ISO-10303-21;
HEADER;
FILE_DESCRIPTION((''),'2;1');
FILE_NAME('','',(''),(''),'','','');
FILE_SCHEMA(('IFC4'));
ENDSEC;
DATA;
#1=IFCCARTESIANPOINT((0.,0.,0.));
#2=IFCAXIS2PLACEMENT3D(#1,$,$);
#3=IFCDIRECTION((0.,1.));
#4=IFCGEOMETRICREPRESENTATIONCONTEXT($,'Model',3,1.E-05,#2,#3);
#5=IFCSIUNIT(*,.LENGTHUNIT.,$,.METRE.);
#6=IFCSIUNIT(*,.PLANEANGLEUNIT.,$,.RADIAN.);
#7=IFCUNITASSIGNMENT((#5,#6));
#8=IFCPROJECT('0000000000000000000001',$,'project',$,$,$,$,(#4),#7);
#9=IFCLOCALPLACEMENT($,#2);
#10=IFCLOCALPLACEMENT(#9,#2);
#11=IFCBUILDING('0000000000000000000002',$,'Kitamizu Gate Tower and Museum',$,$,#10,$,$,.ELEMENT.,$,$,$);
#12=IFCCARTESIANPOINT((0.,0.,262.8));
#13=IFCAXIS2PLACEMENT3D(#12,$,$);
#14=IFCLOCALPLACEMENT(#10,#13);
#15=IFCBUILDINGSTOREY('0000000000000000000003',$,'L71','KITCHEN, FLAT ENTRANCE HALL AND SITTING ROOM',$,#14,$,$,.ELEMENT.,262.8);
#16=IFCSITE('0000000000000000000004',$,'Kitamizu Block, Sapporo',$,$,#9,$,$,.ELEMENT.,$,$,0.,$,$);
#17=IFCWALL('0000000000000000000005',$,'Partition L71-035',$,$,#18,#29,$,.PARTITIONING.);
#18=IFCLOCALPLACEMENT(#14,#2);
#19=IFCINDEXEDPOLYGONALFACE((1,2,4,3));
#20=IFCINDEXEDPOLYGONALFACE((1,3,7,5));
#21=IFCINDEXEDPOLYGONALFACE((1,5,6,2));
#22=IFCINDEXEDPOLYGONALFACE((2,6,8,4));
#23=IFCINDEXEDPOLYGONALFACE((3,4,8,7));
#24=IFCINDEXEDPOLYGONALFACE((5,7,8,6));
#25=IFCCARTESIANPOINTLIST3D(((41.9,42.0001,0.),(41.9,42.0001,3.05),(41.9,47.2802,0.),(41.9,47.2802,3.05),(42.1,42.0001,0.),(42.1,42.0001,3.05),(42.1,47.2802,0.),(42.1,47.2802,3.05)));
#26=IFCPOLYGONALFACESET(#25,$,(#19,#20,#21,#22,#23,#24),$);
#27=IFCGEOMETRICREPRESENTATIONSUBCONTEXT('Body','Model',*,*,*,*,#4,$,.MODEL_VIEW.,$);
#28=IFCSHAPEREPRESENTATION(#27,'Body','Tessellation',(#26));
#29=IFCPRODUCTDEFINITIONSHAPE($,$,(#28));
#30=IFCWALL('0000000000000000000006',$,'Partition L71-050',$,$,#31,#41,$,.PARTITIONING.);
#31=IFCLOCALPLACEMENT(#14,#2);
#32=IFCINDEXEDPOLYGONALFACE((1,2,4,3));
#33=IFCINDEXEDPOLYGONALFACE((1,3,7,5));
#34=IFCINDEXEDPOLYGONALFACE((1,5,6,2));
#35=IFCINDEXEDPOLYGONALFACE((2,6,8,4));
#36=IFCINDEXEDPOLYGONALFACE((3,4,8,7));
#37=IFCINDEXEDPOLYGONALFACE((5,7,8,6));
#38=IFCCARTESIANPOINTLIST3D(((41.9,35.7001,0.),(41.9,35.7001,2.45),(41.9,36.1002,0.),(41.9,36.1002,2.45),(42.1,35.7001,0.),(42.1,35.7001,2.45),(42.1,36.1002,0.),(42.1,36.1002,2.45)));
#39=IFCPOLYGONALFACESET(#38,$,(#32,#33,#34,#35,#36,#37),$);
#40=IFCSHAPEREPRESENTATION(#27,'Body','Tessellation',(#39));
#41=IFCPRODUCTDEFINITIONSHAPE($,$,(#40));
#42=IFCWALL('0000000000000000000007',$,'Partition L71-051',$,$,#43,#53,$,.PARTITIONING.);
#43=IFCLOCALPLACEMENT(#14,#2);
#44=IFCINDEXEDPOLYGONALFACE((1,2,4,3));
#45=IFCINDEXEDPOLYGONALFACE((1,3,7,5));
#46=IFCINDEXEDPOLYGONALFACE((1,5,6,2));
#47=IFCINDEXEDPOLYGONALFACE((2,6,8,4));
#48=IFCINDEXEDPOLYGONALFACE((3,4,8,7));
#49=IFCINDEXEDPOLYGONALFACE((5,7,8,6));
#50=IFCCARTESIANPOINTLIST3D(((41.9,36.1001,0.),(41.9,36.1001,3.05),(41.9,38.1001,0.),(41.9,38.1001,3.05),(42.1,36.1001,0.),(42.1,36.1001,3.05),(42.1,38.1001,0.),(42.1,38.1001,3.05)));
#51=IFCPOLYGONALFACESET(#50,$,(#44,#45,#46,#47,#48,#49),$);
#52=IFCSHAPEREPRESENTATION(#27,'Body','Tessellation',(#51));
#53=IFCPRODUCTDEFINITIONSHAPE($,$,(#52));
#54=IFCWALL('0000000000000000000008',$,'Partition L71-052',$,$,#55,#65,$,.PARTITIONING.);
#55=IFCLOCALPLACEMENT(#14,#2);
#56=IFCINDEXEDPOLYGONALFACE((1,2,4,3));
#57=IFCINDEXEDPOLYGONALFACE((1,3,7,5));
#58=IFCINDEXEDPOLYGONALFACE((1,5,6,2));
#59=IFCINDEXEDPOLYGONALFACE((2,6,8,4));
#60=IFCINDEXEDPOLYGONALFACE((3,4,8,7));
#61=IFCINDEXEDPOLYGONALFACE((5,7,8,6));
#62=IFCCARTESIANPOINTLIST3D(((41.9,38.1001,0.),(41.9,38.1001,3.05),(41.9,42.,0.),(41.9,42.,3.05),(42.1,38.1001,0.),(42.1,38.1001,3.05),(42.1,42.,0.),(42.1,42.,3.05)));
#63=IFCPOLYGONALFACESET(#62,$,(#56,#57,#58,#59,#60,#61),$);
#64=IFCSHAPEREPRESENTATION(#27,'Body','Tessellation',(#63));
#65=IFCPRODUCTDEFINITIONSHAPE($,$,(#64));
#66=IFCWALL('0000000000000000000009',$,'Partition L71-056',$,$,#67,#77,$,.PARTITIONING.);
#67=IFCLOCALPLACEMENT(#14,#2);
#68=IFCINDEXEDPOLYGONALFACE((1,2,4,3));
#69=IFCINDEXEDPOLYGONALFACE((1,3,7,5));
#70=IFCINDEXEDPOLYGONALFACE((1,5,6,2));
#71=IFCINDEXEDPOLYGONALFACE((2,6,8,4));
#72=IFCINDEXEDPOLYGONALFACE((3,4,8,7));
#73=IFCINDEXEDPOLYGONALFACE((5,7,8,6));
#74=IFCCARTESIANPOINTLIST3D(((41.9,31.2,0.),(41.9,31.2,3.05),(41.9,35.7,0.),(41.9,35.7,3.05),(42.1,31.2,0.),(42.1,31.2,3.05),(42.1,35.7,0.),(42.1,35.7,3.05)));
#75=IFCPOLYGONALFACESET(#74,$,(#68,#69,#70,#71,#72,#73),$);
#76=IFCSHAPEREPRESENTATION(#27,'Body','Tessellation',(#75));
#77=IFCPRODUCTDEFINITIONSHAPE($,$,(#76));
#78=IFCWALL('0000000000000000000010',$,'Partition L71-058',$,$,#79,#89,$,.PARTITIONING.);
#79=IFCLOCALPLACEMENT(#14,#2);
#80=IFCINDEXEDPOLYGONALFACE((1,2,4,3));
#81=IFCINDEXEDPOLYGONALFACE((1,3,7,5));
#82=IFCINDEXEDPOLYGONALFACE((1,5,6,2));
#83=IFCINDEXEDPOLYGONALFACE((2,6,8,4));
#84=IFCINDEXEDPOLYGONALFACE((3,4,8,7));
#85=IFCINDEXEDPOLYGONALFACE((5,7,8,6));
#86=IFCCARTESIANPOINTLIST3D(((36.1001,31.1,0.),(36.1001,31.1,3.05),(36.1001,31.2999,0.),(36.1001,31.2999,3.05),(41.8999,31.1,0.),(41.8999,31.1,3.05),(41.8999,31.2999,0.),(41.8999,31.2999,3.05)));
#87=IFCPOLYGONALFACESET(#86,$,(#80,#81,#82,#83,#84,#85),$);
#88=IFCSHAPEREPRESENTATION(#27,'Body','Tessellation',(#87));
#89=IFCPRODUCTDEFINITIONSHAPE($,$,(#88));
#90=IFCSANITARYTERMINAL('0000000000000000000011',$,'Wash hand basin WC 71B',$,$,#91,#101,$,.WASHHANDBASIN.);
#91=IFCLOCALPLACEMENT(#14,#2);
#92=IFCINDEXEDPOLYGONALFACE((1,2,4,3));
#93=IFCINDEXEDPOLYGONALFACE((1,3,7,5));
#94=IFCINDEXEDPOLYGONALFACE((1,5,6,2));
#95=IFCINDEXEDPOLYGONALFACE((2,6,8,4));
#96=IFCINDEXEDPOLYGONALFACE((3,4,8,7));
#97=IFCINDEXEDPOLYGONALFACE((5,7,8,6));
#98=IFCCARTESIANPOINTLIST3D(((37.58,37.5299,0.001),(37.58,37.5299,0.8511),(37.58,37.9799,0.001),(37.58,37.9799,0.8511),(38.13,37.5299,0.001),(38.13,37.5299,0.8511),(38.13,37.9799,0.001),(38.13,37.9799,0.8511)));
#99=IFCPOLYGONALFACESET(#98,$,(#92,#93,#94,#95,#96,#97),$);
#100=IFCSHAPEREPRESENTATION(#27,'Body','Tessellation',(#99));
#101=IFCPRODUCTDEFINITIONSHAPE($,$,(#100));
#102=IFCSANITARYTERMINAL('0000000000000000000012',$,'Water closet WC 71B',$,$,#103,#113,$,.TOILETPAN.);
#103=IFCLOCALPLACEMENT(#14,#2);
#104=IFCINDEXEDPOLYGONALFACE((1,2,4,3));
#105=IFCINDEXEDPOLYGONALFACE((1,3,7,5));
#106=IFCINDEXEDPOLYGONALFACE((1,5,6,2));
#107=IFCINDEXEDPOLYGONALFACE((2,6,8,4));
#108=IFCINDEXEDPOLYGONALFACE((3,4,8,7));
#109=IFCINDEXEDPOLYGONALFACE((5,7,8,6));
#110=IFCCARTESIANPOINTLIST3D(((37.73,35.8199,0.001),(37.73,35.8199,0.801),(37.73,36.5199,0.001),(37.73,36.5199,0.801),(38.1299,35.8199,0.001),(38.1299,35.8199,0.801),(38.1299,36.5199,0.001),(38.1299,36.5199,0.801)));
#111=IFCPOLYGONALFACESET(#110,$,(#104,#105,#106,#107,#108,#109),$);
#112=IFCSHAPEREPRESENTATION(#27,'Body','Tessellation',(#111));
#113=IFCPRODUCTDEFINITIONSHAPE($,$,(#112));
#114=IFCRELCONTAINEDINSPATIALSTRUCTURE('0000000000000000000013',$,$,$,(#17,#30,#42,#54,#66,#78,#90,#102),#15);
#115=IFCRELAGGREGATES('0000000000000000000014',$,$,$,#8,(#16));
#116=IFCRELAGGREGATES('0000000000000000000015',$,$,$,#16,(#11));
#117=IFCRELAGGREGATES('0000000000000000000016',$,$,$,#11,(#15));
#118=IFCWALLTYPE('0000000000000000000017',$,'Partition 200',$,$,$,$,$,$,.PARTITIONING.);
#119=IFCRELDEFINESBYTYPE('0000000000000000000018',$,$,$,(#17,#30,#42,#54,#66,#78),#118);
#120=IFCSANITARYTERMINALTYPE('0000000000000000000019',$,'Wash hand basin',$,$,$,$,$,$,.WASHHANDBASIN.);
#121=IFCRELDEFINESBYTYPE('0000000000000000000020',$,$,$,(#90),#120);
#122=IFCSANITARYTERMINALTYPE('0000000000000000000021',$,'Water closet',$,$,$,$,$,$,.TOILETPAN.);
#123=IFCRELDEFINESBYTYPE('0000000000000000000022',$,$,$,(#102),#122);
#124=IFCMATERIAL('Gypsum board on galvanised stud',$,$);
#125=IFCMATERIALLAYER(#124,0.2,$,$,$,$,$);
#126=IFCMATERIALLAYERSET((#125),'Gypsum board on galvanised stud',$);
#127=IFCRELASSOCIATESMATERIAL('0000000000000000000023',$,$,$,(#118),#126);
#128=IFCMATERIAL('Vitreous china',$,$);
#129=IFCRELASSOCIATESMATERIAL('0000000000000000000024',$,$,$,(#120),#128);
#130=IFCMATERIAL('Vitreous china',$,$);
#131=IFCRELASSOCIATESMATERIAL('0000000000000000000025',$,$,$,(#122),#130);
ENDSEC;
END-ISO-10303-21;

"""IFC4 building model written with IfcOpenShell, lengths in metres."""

from ifc_helpers import new_model, si_unit, direction, frame, frame_2d, origin, origin_2d, place, context, subcontext, project, spatial, rectangle, extrude, material, layer, layer_set, type_object, element, save


model = new_model("IFC4")

# Units and contexts
model_context = context("Model", 3, precision=1e-05, world=origin(), true_north=direction((0.0, 1.0)))
body_context = subcontext(model_context, "Body", "Model", "MODEL_VIEW")
ifc_project = project(units=[si_unit("LENGTHUNIT", "METRE"), si_unit("PLANEANGLEUNIT", "RADIAN")], contexts=[model_context])

# Site, building, storey
site_placement = place(None, origin())
site = spatial("IfcSite", under=ifc_project, at=site_placement, Name="Kitamizu Block, Sapporo", CompositionType="ELEMENT", RefElevation=0.0)
building_placement = place(site_placement, origin())
building = spatial("IfcBuilding", under=site, at=building_placement, Name="Kitamizu Gate Tower and Museum", CompositionType="ELEMENT")
storey_placement = place(building_placement, frame((0.0, 0.0, 262.8)))
storey = spatial("IfcBuildingStorey", under=building, at=storey_placement, Name="L71", Description="KITCHEN, FLAT ENTRANCE HALL AND SITTING ROOM", CompositionType="ELEMENT", Elevation=262.8)

# Walls
ifc_material_1 = material(Name="Gypsum board on galvanised stud")
ifc_layer_1 = layer(ifc_material_1, 0.2)
ifc_layer_set_1 = layer_set([ifc_layer_1], Name="Gypsum board on galvanised stud")
wall_type_1 = type_object("IfcWallType", Name="Partition 200", PredefinedType="PARTITIONING", material=ifc_layer_set_1)
wall_1_placement = place(storey_placement, frame((42.0, 42.0, 0.0), z_axis=(0.0, 0.0, 1.0), x_axis=(0.0, 1.0, 0.0)))
element("IfcWall", 1, at=wall_1_placement, inside=storey, type_object=wall_type_1, Name="Partition L71-035", PredefinedType="PARTITIONING", context=body_context, shape_type="SweptSolid", body=[
    extrude(rectangle(XDim=5.28, YDim=0.2, at=frame_2d((2.6401, 0.0))), origin(), (0.0, 0.0, 1.0), 3.05),
])
wall_2_placement = place(storey_placement, frame((42.0, 35.7, 0.0), z_axis=(0.0, 0.0, 1.0), x_axis=(0.0, 1.0, 0.0)))
element("IfcWall", 2, at=wall_2_placement, inside=storey, type_object=wall_type_1, Name="Partition L71-050", PredefinedType="PARTITIONING", context=body_context, shape_type="SweptSolid", body=[
    extrude(rectangle(XDim=0.4001, YDim=0.2, at=frame_2d((0.2002, 0.0))), origin(), (0.0, 0.0, 1.0), 2.45),
])
wall_3_placement = place(storey_placement, frame((42.0, 36.1001, 0.0), z_axis=(0.0, 0.0, 1.0), x_axis=(0.0, 1.0, 0.0)))
element("IfcWall", 3, at=wall_3_placement, inside=storey, type_object=wall_type_1, Name="Partition L71-051", PredefinedType="PARTITIONING", context=body_context, shape_type="SweptSolid", body=[
    extrude(rectangle(XDim=2.0, YDim=0.2, at=frame_2d((1.0, 0.0))), origin(), (0.0, 0.0, 1.0), 3.05),
])
wall_4_placement = place(storey_placement, frame((42.0, 38.1001, 0.0), z_axis=(0.0, 0.0, 1.0), x_axis=(0.0, 1.0, 0.0)))
element("IfcWall", 4, at=wall_4_placement, inside=storey, type_object=wall_type_1, Name="Partition L71-052", PredefinedType="PARTITIONING", context=body_context, shape_type="SweptSolid", body=[
    extrude(rectangle(XDim=3.8999, YDim=0.2, at=frame_2d((1.95, 0.0))), origin(), (0.0, 0.0, 1.0), 3.05),
])
wall_5_placement = place(storey_placement, frame((42.0, 31.2, 0.0), z_axis=(0.0, 0.0, 1.0), x_axis=(0.0, 1.0, 0.0)))
element("IfcWall", 5, at=wall_5_placement, inside=storey, type_object=wall_type_1, Name="Partition L71-056", PredefinedType="PARTITIONING", context=body_context, shape_type="SweptSolid", body=[
    extrude(rectangle(XDim=4.5, YDim=0.2, at=frame_2d((2.25, 0.0))), origin(), (0.0, 0.0, 1.0), 3.05),
])
wall_6_placement = place(storey_placement, frame((36.1001, 31.2, 0.0), z_axis=(0.0, 0.0, 1.0), x_axis=(1.0, 0.0, 0.0)))
element("IfcWall", 6, at=wall_6_placement, inside=storey, type_object=wall_type_1, Name="Partition L71-058", PredefinedType="PARTITIONING", context=body_context, shape_type="SweptSolid", body=[
    extrude(rectangle(XDim=5.7998, YDim=0.2, at=frame_2d((2.8999, 0.0))), origin(), (0.0, 0.0, 1.0), 3.05),
])

# Sanitary terminals
ifc_material_2 = material(Name="Vitreous china")
sanitary_terminal_type_1 = type_object("IfcSanitaryTerminalType", Name="Wash hand basin", PredefinedType="WASHHANDBASIN", material=ifc_material_2)
sanitary_terminal_1_placement = place(storey_placement, frame((37.855, 37.7549, 0.001), z_axis=(0.0, 0.0, 1.0), x_axis=(1.0, 0.0, 0.0)))
element("IfcSanitaryTerminal", 7, at=sanitary_terminal_1_placement, inside=storey, type_object=sanitary_terminal_type_1, Name="Wash hand basin WC 71B", PredefinedType="WASHHANDBASIN", context=body_context, shape_type="SweptSolid", body=[
    extrude(rectangle(XDim=0.55, YDim=0.45, at=origin_2d()), origin(), (0.0, 0.0, 1.0), 0.8501),
])
ifc_material_3 = material(Name="Vitreous china")
sanitary_terminal_type_2 = type_object("IfcSanitaryTerminalType", Name="Water closet", PredefinedType="TOILETPAN", material=ifc_material_3)
sanitary_terminal_2_placement = place(storey_placement, frame((37.9299, 36.1699, 0.001), z_axis=(0.0, 0.0, 1.0), x_axis=(1.0, 0.0, 0.0)))
element("IfcSanitaryTerminal", 8, at=sanitary_terminal_2_placement, inside=storey, type_object=sanitary_terminal_type_2, Name="Water closet WC 71B", PredefinedType="TOILETPAN", context=body_context, shape_type="SweptSolid", body=[
    extrude(rectangle(XDim=0.3999, YDim=0.7, at=origin_2d()), origin(), (0.0, 0.0, 1.0), 0.8),
])

save(model, "model.ifc")
